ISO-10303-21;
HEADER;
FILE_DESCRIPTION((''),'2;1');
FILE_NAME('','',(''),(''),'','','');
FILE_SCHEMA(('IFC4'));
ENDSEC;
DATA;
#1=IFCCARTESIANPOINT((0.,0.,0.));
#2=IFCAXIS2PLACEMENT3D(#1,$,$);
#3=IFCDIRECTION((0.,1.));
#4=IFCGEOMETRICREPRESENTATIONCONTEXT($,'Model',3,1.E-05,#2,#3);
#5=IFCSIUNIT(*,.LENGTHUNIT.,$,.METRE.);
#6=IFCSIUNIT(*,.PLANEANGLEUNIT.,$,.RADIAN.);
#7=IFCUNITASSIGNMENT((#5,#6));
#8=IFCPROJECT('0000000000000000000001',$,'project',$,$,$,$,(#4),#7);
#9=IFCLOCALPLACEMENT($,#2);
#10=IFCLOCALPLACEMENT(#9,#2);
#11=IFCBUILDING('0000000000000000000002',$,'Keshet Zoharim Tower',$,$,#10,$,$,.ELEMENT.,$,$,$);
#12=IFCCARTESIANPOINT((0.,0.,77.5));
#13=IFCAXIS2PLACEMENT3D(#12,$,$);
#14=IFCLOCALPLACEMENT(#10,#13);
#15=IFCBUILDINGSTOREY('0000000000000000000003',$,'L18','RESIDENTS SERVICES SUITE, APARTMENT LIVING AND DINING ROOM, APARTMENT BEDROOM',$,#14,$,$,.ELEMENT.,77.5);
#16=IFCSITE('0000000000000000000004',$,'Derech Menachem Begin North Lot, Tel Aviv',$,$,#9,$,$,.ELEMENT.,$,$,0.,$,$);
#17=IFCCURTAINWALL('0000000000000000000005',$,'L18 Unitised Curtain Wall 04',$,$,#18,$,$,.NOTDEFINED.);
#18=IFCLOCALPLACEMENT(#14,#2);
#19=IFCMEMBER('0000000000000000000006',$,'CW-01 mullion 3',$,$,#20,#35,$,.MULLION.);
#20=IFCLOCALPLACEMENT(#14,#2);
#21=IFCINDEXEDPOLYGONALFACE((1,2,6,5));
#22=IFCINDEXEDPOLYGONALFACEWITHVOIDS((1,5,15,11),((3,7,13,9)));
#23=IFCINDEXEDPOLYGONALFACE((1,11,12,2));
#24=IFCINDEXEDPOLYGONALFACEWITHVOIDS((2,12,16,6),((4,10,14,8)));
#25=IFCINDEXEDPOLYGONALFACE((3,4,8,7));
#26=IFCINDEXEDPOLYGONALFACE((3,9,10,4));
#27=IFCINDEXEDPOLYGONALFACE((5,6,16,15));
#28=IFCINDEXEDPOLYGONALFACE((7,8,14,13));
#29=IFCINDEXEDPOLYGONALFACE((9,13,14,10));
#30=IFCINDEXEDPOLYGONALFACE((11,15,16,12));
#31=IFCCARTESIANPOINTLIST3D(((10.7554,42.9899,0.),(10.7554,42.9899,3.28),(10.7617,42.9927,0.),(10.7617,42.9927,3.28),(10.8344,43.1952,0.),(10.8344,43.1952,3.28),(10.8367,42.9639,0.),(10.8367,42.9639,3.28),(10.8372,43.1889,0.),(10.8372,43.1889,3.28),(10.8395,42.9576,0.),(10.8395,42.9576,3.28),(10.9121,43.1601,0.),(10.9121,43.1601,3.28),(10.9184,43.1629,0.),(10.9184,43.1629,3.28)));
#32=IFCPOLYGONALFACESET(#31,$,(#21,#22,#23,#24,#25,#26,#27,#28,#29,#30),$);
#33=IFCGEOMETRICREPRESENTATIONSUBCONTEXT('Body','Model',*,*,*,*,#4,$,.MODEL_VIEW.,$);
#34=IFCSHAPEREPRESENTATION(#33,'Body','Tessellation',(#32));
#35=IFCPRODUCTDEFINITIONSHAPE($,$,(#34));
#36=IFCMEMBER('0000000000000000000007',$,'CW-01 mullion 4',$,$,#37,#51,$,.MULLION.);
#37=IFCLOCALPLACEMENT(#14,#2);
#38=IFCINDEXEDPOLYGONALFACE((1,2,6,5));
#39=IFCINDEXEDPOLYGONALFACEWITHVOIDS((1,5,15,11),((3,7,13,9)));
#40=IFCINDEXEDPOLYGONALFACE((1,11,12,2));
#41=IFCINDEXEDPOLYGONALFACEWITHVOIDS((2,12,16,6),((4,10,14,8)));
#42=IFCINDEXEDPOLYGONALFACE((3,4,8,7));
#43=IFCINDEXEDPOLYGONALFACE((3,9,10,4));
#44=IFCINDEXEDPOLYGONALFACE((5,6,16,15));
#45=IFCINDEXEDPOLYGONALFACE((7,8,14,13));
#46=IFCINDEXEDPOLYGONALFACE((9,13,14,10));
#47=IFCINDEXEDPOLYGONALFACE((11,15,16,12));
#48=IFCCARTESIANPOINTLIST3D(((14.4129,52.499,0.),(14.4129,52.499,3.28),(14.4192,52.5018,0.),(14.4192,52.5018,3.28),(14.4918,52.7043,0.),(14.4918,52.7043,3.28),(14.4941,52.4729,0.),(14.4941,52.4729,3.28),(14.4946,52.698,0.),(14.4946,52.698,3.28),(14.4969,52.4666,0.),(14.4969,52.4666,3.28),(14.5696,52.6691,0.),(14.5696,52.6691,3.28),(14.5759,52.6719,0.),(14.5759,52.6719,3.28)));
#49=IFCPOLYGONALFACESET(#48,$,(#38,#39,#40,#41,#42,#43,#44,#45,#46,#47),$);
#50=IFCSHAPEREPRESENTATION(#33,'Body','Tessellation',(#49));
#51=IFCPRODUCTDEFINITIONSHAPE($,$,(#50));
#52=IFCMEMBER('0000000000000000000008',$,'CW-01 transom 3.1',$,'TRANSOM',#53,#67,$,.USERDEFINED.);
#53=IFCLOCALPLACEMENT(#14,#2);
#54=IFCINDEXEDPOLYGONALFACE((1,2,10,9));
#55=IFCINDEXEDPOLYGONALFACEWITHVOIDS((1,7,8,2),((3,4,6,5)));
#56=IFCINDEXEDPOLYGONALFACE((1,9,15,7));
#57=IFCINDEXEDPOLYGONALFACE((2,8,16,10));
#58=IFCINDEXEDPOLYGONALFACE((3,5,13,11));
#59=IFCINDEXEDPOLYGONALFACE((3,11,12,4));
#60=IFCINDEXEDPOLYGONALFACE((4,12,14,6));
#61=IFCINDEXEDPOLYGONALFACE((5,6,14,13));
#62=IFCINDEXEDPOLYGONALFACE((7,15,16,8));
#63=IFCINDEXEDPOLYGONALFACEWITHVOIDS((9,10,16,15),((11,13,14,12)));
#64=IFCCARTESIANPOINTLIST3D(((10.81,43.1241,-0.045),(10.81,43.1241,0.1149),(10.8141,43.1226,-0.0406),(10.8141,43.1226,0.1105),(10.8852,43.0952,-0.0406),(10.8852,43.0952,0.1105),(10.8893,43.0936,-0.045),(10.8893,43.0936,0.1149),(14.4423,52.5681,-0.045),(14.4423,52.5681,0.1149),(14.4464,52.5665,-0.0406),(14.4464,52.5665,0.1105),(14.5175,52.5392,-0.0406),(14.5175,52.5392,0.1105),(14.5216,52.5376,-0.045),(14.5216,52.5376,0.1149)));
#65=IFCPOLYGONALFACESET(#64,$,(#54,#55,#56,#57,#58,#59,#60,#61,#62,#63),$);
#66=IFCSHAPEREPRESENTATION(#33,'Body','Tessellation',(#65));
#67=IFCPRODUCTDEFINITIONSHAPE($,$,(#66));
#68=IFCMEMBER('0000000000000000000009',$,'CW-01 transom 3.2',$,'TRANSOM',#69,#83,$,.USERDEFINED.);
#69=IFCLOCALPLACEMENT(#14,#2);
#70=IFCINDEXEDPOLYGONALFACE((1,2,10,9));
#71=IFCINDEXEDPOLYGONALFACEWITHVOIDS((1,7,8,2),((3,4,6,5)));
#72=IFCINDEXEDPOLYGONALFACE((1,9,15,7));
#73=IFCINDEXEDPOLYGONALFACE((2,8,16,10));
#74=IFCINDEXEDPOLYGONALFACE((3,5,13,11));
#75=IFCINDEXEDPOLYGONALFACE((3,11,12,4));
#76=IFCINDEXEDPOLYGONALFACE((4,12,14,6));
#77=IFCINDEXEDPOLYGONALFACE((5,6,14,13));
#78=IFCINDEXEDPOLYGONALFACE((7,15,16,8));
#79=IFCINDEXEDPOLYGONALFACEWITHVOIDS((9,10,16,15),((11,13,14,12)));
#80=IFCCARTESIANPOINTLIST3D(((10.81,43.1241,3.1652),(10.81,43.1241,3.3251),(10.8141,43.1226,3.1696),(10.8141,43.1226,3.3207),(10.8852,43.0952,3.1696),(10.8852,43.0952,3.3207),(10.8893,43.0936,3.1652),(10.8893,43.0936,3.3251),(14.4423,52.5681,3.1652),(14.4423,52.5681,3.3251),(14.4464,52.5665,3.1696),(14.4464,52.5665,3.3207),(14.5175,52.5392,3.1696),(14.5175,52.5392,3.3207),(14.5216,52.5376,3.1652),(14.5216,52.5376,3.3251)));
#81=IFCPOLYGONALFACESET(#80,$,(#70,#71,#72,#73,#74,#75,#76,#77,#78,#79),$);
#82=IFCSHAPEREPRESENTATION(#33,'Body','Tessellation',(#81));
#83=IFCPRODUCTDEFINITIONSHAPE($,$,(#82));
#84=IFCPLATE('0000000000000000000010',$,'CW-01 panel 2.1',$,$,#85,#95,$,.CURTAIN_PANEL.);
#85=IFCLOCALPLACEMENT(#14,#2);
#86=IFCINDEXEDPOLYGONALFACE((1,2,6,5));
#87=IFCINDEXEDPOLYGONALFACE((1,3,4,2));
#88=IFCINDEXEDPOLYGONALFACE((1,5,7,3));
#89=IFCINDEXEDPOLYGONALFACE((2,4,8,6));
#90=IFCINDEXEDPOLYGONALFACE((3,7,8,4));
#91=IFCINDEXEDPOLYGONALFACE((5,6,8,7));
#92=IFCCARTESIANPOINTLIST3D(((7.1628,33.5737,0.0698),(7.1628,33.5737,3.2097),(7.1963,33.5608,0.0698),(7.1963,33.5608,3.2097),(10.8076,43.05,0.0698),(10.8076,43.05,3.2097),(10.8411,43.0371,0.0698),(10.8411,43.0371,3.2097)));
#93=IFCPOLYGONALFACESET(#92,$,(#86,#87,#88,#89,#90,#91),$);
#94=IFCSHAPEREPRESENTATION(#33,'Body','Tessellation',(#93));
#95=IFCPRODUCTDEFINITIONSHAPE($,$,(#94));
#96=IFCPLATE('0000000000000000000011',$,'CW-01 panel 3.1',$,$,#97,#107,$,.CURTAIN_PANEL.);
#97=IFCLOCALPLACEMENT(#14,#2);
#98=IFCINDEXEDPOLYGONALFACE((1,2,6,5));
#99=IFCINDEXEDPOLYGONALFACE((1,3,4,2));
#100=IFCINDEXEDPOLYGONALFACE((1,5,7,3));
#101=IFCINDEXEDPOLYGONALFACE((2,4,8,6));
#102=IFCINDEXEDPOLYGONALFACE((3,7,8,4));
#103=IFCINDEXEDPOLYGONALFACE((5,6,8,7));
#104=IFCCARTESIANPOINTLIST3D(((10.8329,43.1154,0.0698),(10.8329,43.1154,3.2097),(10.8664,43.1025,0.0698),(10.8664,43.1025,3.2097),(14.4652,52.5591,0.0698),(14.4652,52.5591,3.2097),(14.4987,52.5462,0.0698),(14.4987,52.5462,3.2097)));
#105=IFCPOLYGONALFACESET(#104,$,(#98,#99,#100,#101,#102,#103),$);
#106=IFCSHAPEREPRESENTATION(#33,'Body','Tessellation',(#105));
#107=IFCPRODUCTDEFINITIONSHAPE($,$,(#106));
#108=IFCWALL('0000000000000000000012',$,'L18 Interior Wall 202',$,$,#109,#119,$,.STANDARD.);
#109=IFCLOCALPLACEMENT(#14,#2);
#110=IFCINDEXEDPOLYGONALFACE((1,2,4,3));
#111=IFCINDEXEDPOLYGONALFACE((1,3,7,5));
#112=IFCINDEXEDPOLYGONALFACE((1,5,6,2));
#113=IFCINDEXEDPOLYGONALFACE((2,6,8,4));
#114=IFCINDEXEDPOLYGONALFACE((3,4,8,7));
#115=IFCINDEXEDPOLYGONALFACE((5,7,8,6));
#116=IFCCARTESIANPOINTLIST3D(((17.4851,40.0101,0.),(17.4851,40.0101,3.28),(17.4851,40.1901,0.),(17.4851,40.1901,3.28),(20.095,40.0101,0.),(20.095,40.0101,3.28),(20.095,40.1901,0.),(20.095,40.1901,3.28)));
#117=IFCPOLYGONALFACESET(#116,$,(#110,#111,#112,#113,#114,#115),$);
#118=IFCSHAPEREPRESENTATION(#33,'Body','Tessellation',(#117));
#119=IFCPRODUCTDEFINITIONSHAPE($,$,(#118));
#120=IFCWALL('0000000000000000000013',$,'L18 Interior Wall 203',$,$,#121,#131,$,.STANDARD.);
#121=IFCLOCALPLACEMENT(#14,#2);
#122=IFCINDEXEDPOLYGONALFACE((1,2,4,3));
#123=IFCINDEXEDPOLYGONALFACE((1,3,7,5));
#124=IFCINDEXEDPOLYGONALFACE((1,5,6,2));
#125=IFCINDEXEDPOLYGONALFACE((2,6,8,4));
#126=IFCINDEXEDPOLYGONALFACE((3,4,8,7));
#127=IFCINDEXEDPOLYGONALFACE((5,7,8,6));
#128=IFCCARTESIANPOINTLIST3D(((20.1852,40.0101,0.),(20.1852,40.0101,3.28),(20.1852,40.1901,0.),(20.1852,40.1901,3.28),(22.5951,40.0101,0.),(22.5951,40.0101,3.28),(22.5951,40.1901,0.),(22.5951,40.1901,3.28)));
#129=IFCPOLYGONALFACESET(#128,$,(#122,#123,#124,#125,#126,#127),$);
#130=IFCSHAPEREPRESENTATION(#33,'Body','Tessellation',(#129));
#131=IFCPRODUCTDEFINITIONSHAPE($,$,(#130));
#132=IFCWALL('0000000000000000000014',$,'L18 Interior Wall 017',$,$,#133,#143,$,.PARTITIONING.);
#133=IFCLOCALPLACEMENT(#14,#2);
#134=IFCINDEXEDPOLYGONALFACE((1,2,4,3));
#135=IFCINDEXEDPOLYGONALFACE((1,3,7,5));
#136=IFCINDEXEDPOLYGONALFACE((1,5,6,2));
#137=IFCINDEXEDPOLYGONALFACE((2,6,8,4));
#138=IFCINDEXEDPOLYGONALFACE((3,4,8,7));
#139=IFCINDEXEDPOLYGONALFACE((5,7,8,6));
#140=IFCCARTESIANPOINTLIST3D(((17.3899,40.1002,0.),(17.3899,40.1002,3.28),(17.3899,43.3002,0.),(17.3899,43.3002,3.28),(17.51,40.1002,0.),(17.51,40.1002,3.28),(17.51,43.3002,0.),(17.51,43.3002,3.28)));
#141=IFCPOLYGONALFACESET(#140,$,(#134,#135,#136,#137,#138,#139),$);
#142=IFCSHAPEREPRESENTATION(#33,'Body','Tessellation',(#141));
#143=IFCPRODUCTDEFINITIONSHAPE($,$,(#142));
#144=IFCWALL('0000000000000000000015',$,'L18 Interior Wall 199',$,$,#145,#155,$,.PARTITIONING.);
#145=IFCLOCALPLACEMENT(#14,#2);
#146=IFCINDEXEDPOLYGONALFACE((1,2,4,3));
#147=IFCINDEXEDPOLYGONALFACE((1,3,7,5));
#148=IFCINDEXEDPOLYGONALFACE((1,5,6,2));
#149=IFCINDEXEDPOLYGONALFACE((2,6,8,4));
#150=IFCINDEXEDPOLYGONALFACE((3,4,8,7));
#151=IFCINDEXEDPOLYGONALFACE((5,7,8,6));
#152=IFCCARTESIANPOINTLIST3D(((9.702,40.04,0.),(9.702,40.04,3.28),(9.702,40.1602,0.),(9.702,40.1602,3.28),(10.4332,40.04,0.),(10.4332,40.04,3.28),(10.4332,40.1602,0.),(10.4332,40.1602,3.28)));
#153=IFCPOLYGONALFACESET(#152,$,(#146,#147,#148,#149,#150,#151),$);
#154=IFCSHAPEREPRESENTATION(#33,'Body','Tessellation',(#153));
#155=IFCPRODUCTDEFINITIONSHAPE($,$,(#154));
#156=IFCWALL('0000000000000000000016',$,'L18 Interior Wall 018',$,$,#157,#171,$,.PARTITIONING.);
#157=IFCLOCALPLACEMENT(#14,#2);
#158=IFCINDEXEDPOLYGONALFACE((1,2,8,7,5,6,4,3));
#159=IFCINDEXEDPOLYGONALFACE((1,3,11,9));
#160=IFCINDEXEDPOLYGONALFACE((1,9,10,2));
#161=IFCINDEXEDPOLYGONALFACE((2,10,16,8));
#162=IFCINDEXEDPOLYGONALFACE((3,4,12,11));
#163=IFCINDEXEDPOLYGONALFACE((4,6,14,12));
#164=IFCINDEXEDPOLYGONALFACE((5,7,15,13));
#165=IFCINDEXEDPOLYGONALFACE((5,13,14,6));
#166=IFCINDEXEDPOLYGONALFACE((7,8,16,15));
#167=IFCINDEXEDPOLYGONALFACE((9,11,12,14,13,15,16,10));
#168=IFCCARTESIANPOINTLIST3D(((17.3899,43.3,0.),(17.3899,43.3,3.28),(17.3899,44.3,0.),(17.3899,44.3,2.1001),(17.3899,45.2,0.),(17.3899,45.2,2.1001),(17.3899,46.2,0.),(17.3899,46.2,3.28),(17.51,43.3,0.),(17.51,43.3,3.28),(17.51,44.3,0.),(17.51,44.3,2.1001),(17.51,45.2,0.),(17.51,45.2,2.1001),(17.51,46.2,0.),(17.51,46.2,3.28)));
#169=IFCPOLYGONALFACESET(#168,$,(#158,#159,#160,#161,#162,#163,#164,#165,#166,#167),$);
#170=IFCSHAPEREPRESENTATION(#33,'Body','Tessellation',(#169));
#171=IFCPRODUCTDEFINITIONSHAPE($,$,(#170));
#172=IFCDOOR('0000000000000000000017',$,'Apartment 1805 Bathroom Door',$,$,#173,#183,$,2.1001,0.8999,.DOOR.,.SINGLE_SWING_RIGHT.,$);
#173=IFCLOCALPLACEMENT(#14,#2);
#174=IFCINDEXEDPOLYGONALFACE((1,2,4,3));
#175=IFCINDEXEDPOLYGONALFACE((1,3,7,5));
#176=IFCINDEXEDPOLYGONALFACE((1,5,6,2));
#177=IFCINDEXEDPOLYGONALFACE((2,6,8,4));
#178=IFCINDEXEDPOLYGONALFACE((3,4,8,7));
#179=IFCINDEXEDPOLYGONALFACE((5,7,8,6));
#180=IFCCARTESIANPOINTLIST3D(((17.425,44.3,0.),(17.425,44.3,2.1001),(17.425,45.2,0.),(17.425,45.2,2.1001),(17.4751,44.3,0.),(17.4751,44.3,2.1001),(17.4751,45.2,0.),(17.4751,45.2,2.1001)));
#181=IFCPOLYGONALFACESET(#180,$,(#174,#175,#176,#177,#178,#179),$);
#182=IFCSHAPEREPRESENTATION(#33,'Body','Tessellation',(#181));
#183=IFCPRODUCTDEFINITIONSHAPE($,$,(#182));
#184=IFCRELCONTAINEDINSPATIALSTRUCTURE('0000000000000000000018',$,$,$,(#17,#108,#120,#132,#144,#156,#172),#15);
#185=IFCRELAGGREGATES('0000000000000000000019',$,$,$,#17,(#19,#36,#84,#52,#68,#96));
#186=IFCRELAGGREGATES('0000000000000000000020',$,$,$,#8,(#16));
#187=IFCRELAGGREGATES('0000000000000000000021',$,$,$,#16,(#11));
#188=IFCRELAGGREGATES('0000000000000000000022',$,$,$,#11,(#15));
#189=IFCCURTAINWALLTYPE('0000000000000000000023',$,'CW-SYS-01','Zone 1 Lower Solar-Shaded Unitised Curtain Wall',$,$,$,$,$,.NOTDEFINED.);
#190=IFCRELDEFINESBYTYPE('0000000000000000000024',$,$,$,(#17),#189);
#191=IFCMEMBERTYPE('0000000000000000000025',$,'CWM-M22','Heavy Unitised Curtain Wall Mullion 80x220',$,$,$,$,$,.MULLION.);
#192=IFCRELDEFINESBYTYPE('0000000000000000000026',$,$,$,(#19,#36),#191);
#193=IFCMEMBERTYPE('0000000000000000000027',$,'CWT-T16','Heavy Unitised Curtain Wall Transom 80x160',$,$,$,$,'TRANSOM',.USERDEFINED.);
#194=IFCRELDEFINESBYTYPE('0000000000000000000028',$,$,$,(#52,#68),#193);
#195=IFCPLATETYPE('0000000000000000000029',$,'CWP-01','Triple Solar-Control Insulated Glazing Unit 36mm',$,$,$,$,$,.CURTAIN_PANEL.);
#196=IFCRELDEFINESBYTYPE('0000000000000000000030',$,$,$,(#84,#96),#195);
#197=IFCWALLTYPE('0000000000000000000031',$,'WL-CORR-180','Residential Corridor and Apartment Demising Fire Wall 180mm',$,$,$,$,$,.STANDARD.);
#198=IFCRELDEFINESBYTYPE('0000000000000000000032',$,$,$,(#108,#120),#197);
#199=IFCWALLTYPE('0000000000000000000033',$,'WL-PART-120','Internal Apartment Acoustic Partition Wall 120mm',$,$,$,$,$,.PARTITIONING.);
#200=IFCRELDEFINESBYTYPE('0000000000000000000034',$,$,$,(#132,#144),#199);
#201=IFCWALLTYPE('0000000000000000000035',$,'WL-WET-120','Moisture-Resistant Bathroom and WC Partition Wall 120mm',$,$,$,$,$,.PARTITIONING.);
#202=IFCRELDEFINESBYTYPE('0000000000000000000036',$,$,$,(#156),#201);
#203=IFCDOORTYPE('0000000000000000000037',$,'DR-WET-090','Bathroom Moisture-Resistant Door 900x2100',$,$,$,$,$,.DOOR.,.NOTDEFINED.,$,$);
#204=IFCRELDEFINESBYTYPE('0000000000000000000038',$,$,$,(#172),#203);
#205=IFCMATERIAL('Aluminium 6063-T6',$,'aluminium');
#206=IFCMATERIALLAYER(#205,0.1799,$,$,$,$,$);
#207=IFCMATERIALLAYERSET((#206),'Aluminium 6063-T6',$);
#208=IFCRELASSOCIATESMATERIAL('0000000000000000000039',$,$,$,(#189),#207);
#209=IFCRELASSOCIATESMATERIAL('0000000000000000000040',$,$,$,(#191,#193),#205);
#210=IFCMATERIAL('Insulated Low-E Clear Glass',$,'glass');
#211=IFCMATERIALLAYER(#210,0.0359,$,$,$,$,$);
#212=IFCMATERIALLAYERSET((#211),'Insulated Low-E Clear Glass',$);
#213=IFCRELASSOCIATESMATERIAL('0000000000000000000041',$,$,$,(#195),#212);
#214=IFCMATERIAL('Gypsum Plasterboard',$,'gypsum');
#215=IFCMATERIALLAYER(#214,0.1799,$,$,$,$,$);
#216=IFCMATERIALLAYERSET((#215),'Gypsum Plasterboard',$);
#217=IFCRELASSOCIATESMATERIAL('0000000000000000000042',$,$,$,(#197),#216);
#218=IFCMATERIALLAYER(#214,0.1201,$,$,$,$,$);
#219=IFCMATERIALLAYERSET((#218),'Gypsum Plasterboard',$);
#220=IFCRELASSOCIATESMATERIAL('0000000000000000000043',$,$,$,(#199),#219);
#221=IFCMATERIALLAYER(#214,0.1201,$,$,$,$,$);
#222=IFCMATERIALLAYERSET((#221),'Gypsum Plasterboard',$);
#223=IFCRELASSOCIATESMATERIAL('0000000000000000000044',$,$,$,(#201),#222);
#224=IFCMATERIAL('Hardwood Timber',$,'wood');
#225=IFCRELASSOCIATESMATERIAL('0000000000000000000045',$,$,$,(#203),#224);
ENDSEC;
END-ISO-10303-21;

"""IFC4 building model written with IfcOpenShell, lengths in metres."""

from ifc_helpers import new_model, si_unit, direction, frame, frame_2d, origin, origin_2d, place, context, subcontext, project, spatial, rectangle, hollow_rectangle, extrude, material, layer, layer_set, material_profile, profile_set, type_object, element, fill, aggregate, save


model = new_model("IFC4")

# Units and contexts
model_context = context("Model", 3, precision=1e-05, world=origin(), true_north=direction((0.0, 1.0)))
body_context = subcontext(model_context, "Body", "Model", "MODEL_VIEW")
ifc_project = project(units=[si_unit("LENGTHUNIT", "METRE"), si_unit("PLANEANGLEUNIT", "RADIAN")], contexts=[model_context])

# Site, building, storey
site_placement = place(None, origin())
site = spatial("IfcSite", under=ifc_project, at=site_placement, Name="Derech Menachem Begin North Lot, Tel Aviv", CompositionType="ELEMENT", RefElevation=0.0)
building_placement = place(site_placement, origin())
building = spatial("IfcBuilding", under=site, at=building_placement, Name="Keshet Zoharim Tower", CompositionType="ELEMENT")
storey_placement = place(building_placement, frame((0.0, 0.0, 77.5)))
storey = spatial("IfcBuildingStorey", under=building, at=storey_placement, Name="L18", Description="RESIDENTS SERVICES SUITE, APARTMENT LIVING AND DINING ROOM, APARTMENT BEDROOM", CompositionType="ELEMENT", Elevation=77.5)

# Curtain wall, members, plates
ifc_material_1 = material(Name="Aluminium 6063-T6", Category="aluminium")
ifc_layer_1 = layer(ifc_material_1, 0.1799)
ifc_layer_set_1 = layer_set([ifc_layer_1], Name="Aluminium 6063-T6")
curtain_wall_type = type_object("IfcCurtainWallType", Name="CW-SYS-01", Description="Zone 1 Lower Solar-Shaded Unitised Curtain Wall", PredefinedType="NOTDEFINED", material=ifc_layer_set_1)
curtain_wall_placement = place(storey_placement, origin())
curtain_wall = element("IfcCurtainWall", 1, at=curtain_wall_placement, inside=storey, type_object=curtain_wall_type, Name="L18 Unitised Curtain Wall 04", PredefinedType="NOTDEFINED")
ifc_material_profile_1 = material_profile(ifc_material_1, hollow_rectangle(XDim=0.0901, YDim=0.22, WallThickness=0.0049, at=origin_2d()), Name="MUL-90x220")
ifc_profile_set_1 = profile_set([ifc_material_profile_1], Name="Aluminium 6063-T6")
member_type_1 = type_object("IfcMemberType", Name="CWM-M22", Description="Heavy Unitised Curtain Wall Mullion 80x220", PredefinedType="MULLION", material=ifc_profile_set_1)
member_1_placement = place(storey_placement, frame((10.8369, 43.0764, 0.0), z_axis=(0.0, 0.0, 1.0), x_axis=(-0.933341, 0.35899, 0.0)))
member_1 = element("IfcMember", 2, at=member_1_placement, type_object=member_type_1, Name="CW-01 mullion 3", PredefinedType="MULLION", context=body_context, shape_type="SweptSolid", body=[
    extrude(hollow_rectangle(XDim=0.0901, YDim=0.22, WallThickness=0.0049, at=origin_2d()), origin(), (0.0, 0.0, 1.0), 3.28),
])
member_2_placement = place(storey_placement, frame((14.4944, 52.5854, 0.0), z_axis=(0.0, 0.0, 1.0), x_axis=(-0.933341, 0.35899, 0.0)))
member_2 = element("IfcMember", 3, at=member_2_placement, type_object=member_type_1, Name="CW-01 mullion 4", PredefinedType="MULLION", context=body_context, shape_type="SweptSolid", body=[
    extrude(hollow_rectangle(XDim=0.0901, YDim=0.22, WallThickness=0.0049, at=origin_2d()), origin(), (0.0, 0.0, 1.0), 3.28),
])
ifc_material_profile_2 = material_profile(ifc_material_1, hollow_rectangle(XDim=0.085, YDim=0.1599, WallThickness=0.0044, at=origin_2d()), Name="TRN-85x160")
ifc_profile_set_2 = profile_set([ifc_material_profile_2], Name="Aluminium 6063-T6")
member_type_2 = type_object("IfcMemberType", Name="CWT-T16", Description="Heavy Unitised Curtain Wall Transom 80x160", ElementType="TRANSOM", PredefinedType="USERDEFINED", material=ifc_profile_set_2)
member_3_placement = place(storey_placement, frame((10.8496, 43.1089, 0.0349), z_axis=(0.358986, 0.933343, 0.0), x_axis=(-0.933343, 0.358986, 0.0)))
member_3 = element("IfcMember", 4, at=member_3_placement, type_object=member_type_2, Name="CW-01 transom 3.1", ObjectType="TRANSOM", PredefinedType="USERDEFINED", context=body_context, shape_type="SweptSolid", body=[
    extrude(hollow_rectangle(XDim=0.085, YDim=0.1599, WallThickness=0.0044, at=origin_2d()), origin(), (0.0, 0.0, 1.0), 10.1184),
])
member_4_placement = place(storey_placement, frame((10.8496, 43.1089, 3.2451), z_axis=(0.358986, 0.933343, 0.0), x_axis=(-0.933343, 0.358986, 0.0)))
member_4 = element("IfcMember", 5, at=member_4_placement, type_object=member_type_2, Name="CW-01 transom 3.2", ObjectType="TRANSOM", PredefinedType="USERDEFINED", context=body_context, shape_type="SweptSolid", body=[
    extrude(hollow_rectangle(XDim=0.085, YDim=0.1599, WallThickness=0.0044, at=origin_2d()), origin(), (0.0, 0.0, 1.0), 10.1184),
])
ifc_material_2 = material(Name="Insulated Low-E Clear Glass", Category="glass")
ifc_layer_2 = layer(ifc_material_2, 0.0359)
ifc_layer_set_2 = layer_set([ifc_layer_2], Name="Insulated Low-E Clear Glass")
plate_type = type_object("IfcPlateType", Name="CWP-01", Description="Triple Solar-Control Insulated Glazing Unit 36mm", PredefinedType="CURTAIN_PANEL", material=ifc_layer_set_2)
plate_1_placement = place(storey_placement, frame((9.002, 38.3054, 0.0698), z_axis=(0.0, 0.0, 1.0), x_axis=(0.35899, 0.933341, 0.0)))
plate_1 = element("IfcPlate", 6, at=plate_1_placement, type_object=plate_type, Name="CW-01 panel 2.1", PredefinedType="CURTAIN_PANEL", context=body_context, shape_type="SweptSolid", body=[
    extrude(rectangle(XDim=10.1531, YDim=0.0359, at=origin_2d()), origin(), (0.0, 0.0, 1.0), 3.1399),
])
plate_2_placement = place(storey_placement, frame((12.6658, 47.8308, 0.0698), z_axis=(0.0, 0.0, 1.0), x_axis=(0.35899, 0.933341, 0.0)))
plate_2 = element("IfcPlate", 7, at=plate_2_placement, type_object=plate_type, Name="CW-01 panel 3.1", PredefinedType="CURTAIN_PANEL", context=body_context, shape_type="SweptSolid", body=[
    extrude(rectangle(XDim=10.1182, YDim=0.0359, at=origin_2d()), origin(), (0.0, 0.0, 1.0), 3.1399),
])
aggregate(curtain_wall, [member_1, member_2, plate_1, member_3, member_4, plate_2])

# Shared definitions
ifc_material_3 = material(Name="Gypsum Plasterboard", Category="gypsum")
ifc_layer_3 = layer(ifc_material_3, 0.1799)
ifc_layer_set_3 = layer_set([ifc_layer_3], Name="Gypsum Plasterboard")
wall_type_1 = type_object("IfcWallType", Name="WL-CORR-180", Description="Residential Corridor and Apartment Demising Fire Wall 180mm", PredefinedType="STANDARD", material=ifc_layer_set_3)
ifc_material_4 = material(Name="Hardwood Timber", Category="wood")

# Walls
wall_1_placement = place(storey_placement, frame((17.4851, 40.1001, 0.0), z_axis=(0.0, 0.0, 1.0), x_axis=(1.0, 0.0, 0.0)))
element("IfcWall", 8, at=wall_1_placement, inside=storey, type_object=wall_type_1, Name="L18 Interior Wall 202", PredefinedType="STANDARD", context=body_context, shape_type="SweptSolid", body=[
    extrude(rectangle(XDim=2.6099, YDim=0.1799, at=frame_2d((1.3049, 0.0))), origin(), (0.0, 0.0, 1.0), 3.28),
])
wall_2_placement = place(storey_placement, frame((20.1851, 40.1001, 0.0), z_axis=(0.0, 0.0, 1.0), x_axis=(1.0, 0.0, 0.0)))
element("IfcWall", 9, at=wall_2_placement, inside=storey, type_object=wall_type_1, Name="L18 Interior Wall 203", PredefinedType="STANDARD", context=body_context, shape_type="SweptSolid", body=[
    extrude(rectangle(XDim=2.4099, YDim=0.1799, at=frame_2d((1.2051, 0.0))), origin(), (0.0, 0.0, 1.0), 3.28),
])
ifc_layer_4 = layer(ifc_material_3, 0.1201)
ifc_layer_set_4 = layer_set([ifc_layer_4], Name="Gypsum Plasterboard")
wall_type_2 = type_object("IfcWallType", Name="WL-PART-120", Description="Internal Apartment Acoustic Partition Wall 120mm", PredefinedType="PARTITIONING", material=ifc_layer_set_4)
wall_3_placement = place(storey_placement, frame((17.45, 40.1001, 0.0), z_axis=(0.0, 0.0, 1.0), x_axis=(0.0, 1.0, 0.0)))
element("IfcWall", 10, at=wall_3_placement, inside=storey, type_object=wall_type_2, Name="L18 Interior Wall 017", PredefinedType="PARTITIONING", context=body_context, shape_type="SweptSolid", body=[
    extrude(rectangle(XDim=3.2, YDim=0.1201, at=frame_2d((1.6001, 0.0))), origin(), (0.0, 0.0, 1.0), 3.28),
])

# Wall
wall_4_placement = place(storey_placement, frame((9.7019, 40.1001, 0.0), z_axis=(0.0, 0.0, 1.0), x_axis=(1.0, 0.0, 0.0)))
element("IfcWall", 11, at=wall_4_placement, inside=storey, type_object=wall_type_2, Name="L18 Interior Wall 199", PredefinedType="PARTITIONING", context=body_context, shape_type="SweptSolid", body=[
    extrude(rectangle(XDim=0.7312, YDim=0.1201, at=frame_2d((0.3657, 0.0))), origin(), (0.0, 0.0, 1.0), 3.28),
])

# Wall, opening, door
ifc_layer_5 = layer(ifc_material_3, 0.1201)
ifc_layer_set_5 = layer_set([ifc_layer_5], Name="Gypsum Plasterboard")
wall_type_3 = type_object("IfcWallType", Name="WL-WET-120", Description="Moisture-Resistant Bathroom and WC Partition Wall 120mm", PredefinedType="PARTITIONING", material=ifc_layer_set_5)
wall_5_placement = place(storey_placement, frame((17.45, 43.3, 0.0), z_axis=(0.0, 0.0, 1.0), x_axis=(0.0, 1.0, 0.0)))
wall_5 = element("IfcWall", 12, at=wall_5_placement, inside=storey, type_object=wall_type_3, Name="L18 Interior Wall 018", PredefinedType="PARTITIONING", context=body_context, shape_type="SweptSolid", body=[
    extrude(rectangle(XDim=2.8999, YDim=0.1201, at=frame_2d((1.45, 0.0))), origin(), (0.0, 0.0, 1.0), 3.28),
])
opening_1_placement = place(wall_5_placement, frame((1.0, 0.0, 0.0)))
opening_1 = element("IfcOpeningElement", 13, at=opening_1_placement, cuts=wall_5, PredefinedType="OPENING", context=body_context, shape_type="SweptSolid", body=[
    extrude(rectangle(XDim=0.8999, YDim=2.1001, at=frame_2d((0.45, 1.05))), frame((0.0, 0.0701, 0.0), z_axis=(0.0, -1.0, 0.0), x_axis=(1.0, 0.0, 0.0)), (0.0, 0.0, 1.0), 0.1401),
])
door_type_1 = type_object("IfcDoorType", Name="DR-WET-090", Description="Bathroom Moisture-Resistant Door 900x2100", OperationType="NOTDEFINED", PredefinedType="DOOR", material=ifc_material_4)
door_1_placement = place(opening_1_placement, origin())
door_1 = element("IfcDoor", 14, at=door_1_placement, inside=storey, type_object=door_type_1, Name="Apartment 1805 Bathroom Door", OperationType="SINGLE_SWING_RIGHT", OverallHeight=2.1001, OverallWidth=0.8999, PredefinedType="DOOR", context=body_context, shape_type="SweptSolid", body=[
    extrude(rectangle(XDim=0.8999, YDim=2.1001, at=frame_2d((0.45, 1.05))), frame((0.0, 0.0249, 0.0), z_axis=(0.0, -1.0, 0.0), x_axis=(1.0, 0.0, 0.0)), (0.0, 0.0, 1.0), 0.05),
])
fill(opening_1, door_1)

save(model, "model.ifc")
